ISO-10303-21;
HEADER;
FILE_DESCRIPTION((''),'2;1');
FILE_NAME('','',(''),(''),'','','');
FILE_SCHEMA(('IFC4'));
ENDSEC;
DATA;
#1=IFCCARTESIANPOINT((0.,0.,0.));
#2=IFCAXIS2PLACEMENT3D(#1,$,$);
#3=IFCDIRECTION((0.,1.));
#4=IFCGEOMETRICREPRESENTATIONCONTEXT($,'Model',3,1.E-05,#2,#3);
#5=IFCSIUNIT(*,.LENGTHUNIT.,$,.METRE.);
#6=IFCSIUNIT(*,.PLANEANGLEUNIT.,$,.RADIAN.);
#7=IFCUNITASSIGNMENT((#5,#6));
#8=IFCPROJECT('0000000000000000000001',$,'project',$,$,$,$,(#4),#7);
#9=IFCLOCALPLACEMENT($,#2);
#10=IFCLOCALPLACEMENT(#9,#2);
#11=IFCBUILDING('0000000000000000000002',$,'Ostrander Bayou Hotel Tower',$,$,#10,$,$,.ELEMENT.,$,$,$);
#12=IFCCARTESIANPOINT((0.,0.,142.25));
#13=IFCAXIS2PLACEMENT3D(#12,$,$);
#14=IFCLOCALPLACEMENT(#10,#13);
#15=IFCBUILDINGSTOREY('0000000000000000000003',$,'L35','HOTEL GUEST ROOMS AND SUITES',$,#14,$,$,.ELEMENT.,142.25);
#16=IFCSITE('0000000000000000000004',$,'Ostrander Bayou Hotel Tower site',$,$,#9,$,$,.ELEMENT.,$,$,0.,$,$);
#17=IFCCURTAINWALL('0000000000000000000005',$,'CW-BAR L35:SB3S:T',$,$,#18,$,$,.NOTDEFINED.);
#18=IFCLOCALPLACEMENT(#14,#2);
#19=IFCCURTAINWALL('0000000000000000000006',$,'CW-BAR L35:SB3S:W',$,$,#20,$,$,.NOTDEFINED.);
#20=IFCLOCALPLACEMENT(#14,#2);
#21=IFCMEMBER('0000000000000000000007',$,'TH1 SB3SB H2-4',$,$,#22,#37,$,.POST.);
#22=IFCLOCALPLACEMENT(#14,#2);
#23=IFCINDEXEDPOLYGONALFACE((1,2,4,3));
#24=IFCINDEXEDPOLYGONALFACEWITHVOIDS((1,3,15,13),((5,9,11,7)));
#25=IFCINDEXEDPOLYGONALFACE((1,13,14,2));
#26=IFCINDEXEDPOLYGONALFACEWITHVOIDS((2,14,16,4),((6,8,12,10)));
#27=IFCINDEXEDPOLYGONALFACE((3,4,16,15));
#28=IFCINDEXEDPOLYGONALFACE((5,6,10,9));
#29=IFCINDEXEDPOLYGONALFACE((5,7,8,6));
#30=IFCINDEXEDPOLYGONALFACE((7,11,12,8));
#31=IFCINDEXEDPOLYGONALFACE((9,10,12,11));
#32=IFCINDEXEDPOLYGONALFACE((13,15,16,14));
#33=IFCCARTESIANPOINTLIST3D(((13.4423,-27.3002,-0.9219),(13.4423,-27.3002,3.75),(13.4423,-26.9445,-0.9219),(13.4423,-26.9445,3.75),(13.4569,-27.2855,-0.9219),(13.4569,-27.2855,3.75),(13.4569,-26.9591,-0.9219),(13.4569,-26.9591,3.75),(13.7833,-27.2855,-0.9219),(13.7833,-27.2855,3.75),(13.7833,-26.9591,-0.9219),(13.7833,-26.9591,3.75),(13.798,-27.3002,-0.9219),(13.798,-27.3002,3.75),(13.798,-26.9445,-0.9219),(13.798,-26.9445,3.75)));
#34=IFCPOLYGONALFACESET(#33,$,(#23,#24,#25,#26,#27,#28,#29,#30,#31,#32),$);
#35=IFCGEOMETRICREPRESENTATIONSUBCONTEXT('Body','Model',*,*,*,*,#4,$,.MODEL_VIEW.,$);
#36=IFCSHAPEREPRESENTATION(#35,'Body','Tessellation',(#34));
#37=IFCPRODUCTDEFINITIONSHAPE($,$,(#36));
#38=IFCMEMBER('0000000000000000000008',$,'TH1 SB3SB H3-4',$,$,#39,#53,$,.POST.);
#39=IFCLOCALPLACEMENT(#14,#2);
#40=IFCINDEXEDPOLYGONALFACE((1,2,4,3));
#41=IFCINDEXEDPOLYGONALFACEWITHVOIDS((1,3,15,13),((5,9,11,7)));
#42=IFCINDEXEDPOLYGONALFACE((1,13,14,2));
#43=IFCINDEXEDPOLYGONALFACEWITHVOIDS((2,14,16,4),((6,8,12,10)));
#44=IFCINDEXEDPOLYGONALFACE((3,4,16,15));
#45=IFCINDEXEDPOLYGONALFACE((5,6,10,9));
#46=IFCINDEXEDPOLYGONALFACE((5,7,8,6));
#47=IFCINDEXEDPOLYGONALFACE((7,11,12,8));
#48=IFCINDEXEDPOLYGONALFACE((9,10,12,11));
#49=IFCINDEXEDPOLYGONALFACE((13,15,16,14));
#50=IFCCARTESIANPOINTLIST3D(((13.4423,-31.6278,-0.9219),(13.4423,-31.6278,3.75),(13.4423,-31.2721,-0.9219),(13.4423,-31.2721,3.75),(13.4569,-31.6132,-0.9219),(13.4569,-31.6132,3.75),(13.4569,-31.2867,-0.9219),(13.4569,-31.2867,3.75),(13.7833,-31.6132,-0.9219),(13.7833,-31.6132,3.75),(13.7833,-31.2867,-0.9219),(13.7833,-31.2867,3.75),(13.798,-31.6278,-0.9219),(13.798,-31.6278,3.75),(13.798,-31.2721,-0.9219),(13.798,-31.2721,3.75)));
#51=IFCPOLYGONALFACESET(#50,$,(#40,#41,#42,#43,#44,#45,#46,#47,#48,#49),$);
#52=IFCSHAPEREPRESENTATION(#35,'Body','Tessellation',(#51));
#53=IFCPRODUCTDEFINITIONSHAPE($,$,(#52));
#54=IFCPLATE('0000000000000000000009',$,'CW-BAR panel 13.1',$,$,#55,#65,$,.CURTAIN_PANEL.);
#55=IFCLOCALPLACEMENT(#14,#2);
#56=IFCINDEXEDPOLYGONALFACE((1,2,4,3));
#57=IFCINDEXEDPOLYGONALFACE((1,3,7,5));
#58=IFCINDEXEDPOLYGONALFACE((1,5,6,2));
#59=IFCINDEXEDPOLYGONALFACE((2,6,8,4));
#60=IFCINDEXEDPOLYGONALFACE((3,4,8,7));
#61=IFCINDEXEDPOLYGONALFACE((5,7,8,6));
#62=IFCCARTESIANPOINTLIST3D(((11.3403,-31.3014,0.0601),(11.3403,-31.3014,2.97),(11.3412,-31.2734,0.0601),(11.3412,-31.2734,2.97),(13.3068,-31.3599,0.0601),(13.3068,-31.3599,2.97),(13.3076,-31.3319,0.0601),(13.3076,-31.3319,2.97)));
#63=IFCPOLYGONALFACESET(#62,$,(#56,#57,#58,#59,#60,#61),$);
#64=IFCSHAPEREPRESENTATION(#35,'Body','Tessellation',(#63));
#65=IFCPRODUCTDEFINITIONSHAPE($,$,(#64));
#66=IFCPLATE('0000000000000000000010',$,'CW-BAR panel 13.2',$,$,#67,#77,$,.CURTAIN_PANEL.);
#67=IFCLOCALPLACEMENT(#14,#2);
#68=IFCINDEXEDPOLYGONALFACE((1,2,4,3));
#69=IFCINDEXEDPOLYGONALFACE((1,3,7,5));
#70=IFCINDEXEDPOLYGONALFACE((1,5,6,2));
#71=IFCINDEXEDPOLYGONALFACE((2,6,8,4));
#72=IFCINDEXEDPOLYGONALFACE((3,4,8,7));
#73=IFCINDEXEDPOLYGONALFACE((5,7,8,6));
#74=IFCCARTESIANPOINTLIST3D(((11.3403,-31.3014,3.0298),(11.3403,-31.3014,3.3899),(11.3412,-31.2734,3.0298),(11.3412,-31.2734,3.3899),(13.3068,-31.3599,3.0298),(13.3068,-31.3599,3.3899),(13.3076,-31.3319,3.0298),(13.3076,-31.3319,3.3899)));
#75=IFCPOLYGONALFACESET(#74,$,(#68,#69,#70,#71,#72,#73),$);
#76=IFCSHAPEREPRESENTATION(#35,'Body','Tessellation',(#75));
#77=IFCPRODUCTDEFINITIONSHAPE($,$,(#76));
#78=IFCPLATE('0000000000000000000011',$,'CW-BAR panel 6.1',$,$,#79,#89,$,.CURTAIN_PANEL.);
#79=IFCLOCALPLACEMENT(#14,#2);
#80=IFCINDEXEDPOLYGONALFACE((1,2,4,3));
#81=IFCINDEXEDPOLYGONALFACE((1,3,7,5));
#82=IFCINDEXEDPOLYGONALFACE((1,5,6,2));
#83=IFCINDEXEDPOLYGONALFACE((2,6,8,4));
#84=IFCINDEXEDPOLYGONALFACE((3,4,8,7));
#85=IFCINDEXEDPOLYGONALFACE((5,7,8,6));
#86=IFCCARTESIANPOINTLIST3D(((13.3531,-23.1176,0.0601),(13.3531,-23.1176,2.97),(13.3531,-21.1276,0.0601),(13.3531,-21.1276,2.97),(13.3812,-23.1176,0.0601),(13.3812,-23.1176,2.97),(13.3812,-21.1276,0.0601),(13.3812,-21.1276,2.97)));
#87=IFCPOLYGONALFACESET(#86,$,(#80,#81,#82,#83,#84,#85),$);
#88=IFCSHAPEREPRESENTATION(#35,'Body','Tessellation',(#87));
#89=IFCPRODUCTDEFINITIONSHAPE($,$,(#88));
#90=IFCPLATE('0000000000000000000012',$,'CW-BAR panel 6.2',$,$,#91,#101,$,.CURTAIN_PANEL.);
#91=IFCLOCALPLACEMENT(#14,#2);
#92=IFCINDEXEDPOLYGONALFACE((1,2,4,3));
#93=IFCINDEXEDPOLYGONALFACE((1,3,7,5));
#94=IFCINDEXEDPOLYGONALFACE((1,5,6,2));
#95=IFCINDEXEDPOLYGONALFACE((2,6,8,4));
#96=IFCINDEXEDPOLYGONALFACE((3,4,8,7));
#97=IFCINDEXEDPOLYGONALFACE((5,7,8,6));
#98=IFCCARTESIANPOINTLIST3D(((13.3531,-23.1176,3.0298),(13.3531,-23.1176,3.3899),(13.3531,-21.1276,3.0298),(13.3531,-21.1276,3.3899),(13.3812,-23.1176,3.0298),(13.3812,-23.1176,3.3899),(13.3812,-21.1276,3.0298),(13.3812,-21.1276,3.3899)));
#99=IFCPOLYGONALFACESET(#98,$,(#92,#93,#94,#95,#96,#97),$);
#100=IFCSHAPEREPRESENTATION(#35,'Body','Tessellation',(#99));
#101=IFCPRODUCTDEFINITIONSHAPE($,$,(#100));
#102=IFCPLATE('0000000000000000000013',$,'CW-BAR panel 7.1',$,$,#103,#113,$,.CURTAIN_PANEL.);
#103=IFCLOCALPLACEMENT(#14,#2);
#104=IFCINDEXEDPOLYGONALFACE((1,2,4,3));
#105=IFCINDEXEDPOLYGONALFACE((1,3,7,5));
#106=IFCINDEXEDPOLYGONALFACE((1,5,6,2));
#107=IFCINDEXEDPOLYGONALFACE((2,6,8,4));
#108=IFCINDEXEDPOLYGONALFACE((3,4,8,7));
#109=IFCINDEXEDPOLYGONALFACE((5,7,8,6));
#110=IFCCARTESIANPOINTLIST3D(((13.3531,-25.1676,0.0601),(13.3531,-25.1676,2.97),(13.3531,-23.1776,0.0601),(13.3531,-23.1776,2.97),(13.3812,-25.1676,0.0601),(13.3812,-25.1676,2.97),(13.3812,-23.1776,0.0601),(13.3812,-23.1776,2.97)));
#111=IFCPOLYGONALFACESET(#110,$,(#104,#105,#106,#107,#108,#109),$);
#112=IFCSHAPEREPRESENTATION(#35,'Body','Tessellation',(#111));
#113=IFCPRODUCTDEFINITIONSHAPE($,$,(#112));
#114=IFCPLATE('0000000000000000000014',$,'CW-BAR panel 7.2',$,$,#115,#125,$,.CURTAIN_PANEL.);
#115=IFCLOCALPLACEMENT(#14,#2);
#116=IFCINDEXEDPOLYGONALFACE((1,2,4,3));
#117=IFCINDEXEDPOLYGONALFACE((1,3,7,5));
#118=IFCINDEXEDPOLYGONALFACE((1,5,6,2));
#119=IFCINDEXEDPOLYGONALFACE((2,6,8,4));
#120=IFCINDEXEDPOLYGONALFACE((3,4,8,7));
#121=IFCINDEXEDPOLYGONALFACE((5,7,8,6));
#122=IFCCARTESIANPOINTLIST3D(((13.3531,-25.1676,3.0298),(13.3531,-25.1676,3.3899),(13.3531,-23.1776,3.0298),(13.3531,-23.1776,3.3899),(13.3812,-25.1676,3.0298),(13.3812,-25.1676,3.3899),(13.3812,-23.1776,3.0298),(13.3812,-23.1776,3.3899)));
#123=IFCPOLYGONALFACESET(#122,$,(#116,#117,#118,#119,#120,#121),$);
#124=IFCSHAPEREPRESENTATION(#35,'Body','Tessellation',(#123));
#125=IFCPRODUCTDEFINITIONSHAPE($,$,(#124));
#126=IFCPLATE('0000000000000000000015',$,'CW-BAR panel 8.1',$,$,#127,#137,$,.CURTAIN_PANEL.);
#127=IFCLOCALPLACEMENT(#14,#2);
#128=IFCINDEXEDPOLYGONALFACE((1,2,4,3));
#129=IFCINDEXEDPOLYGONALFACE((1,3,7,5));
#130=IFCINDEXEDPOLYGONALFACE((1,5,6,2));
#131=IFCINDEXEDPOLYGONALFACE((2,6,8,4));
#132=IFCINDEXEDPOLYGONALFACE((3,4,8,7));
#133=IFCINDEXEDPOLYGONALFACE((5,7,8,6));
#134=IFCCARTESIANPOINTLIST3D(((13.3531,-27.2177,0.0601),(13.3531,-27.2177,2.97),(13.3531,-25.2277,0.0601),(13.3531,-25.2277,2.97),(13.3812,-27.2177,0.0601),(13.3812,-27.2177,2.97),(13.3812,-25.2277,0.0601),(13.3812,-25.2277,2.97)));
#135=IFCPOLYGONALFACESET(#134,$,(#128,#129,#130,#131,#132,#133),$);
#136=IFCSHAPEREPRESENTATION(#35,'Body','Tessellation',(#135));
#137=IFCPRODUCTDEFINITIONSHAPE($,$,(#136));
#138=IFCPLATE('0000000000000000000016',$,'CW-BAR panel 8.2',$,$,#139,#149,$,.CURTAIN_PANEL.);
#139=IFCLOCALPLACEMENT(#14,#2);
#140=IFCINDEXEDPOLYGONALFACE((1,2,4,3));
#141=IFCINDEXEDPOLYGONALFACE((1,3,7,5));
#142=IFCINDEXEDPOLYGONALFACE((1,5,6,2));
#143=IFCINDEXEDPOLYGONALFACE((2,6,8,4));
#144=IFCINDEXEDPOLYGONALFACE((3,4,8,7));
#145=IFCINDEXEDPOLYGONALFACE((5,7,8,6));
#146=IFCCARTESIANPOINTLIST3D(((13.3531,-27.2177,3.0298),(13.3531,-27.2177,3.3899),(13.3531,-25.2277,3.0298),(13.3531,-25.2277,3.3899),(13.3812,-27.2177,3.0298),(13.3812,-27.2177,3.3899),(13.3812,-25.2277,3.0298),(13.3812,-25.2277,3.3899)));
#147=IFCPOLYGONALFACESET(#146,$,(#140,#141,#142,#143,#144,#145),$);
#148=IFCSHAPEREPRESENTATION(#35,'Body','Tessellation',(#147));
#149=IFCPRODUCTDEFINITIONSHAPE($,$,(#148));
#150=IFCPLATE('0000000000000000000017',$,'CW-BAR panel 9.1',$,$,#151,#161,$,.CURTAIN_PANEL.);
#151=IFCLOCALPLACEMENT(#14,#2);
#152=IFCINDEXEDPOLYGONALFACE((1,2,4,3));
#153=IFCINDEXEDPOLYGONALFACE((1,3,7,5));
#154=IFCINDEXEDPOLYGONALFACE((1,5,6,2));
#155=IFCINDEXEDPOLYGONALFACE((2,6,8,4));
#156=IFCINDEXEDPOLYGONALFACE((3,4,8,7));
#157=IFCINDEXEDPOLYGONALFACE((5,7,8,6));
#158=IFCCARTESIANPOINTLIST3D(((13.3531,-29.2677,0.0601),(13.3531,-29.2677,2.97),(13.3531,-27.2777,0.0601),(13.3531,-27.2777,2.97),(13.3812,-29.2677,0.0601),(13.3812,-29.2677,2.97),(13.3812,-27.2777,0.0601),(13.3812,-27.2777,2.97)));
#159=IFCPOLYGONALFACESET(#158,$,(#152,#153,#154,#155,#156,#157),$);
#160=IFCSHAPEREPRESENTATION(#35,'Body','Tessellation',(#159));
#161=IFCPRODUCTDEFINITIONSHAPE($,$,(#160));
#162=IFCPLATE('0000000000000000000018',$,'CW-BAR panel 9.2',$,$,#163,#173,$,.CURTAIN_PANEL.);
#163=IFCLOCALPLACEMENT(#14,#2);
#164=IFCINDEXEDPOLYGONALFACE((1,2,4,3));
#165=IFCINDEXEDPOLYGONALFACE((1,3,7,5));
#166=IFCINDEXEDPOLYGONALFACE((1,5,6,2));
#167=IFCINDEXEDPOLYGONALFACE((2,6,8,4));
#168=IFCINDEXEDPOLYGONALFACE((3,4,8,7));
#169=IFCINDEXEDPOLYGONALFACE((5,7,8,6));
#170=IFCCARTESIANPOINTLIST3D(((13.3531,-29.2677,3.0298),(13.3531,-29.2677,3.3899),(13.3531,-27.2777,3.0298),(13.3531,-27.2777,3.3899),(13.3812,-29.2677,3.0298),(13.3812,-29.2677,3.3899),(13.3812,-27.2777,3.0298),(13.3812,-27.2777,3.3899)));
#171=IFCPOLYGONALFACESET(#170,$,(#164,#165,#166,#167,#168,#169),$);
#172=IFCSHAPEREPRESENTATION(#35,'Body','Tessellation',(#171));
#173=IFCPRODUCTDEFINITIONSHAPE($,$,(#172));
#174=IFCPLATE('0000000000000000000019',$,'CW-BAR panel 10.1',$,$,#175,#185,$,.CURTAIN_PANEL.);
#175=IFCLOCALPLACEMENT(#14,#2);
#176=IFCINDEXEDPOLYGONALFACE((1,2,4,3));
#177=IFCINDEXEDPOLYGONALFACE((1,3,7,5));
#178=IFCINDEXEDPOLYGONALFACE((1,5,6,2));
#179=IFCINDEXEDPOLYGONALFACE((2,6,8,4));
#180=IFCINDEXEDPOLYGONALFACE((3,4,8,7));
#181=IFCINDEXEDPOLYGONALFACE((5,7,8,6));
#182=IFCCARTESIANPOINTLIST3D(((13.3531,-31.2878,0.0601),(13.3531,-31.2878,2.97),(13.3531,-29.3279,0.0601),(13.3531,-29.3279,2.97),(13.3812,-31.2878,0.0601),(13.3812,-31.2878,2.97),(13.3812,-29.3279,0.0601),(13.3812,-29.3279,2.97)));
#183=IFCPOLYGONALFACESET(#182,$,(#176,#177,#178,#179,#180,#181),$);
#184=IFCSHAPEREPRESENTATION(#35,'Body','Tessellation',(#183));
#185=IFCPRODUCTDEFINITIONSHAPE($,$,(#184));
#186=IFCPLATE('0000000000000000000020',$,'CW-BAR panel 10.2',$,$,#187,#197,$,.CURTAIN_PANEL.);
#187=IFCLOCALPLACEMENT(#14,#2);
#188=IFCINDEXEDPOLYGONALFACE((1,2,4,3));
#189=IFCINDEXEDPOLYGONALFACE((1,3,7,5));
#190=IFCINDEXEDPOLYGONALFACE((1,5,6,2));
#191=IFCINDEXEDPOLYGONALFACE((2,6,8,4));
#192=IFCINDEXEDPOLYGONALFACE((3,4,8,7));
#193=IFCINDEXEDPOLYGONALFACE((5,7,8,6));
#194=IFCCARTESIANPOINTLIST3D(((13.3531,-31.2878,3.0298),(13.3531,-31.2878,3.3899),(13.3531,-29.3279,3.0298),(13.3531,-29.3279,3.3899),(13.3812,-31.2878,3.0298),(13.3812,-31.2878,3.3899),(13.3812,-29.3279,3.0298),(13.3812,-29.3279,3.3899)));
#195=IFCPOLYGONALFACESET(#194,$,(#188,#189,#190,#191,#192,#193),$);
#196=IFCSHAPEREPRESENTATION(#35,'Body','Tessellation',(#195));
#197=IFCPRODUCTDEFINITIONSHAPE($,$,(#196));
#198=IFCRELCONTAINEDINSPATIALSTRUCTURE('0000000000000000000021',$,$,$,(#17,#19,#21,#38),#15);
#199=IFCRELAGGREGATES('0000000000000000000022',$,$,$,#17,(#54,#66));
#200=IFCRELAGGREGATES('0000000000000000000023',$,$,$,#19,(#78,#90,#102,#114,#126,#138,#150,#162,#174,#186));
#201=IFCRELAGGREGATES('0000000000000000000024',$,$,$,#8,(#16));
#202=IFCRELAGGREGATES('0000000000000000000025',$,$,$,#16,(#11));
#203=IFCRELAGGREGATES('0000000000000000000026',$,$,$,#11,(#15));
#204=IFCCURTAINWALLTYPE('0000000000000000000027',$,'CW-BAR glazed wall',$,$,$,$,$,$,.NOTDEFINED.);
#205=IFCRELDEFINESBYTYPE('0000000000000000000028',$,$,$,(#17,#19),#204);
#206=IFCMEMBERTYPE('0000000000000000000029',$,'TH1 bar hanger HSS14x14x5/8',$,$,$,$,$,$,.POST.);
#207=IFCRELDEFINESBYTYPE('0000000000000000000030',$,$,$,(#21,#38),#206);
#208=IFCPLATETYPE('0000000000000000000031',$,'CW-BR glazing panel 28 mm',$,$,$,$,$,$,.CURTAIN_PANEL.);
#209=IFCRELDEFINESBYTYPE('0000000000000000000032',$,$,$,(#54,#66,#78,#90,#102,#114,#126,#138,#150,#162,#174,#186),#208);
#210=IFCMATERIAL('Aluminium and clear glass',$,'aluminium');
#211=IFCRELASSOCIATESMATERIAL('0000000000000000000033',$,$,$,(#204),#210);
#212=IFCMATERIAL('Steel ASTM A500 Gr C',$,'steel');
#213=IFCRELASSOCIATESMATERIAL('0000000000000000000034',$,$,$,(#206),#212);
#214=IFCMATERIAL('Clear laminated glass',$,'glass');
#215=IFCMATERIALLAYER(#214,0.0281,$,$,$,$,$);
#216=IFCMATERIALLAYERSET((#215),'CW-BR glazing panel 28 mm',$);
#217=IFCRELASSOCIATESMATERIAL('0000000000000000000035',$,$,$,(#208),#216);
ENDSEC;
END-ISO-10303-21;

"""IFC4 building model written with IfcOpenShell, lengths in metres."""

from ifc_helpers import new_model, si_unit, direction, frame, origin, origin_2d, place, context, subcontext, project, spatial, rectangle, hollow_rectangle, extrude, material, layer, layer_set, material_profile, profile_set, type_object, element, aggregate, save


model = new_model("IFC4")

# Units and contexts
model_context = context("Model", 3, precision=1e-05, world=origin(), true_north=direction((0.0, 1.0)))
body_context = subcontext(model_context, "Body", "Model", "MODEL_VIEW")
ifc_project = project(units=[si_unit("LENGTHUNIT", "METRE"), si_unit("PLANEANGLEUNIT", "RADIAN")], contexts=[model_context])

# Site, building, storey
site_placement = place(None, origin())
site = spatial("IfcSite", under=ifc_project, at=site_placement, Name="Ostrander Bayou Hotel Tower site", CompositionType="ELEMENT", RefElevation=0.0)
building_placement = place(site_placement, origin())
building = spatial("IfcBuilding", under=site, at=building_placement, Name="Ostrander Bayou Hotel Tower", CompositionType="ELEMENT")
storey_placement = place(building_placement, frame((0.0, 0.0, 142.25)))
storey = spatial("IfcBuildingStorey", under=building, at=storey_placement, Name="L35", Description="HOTEL GUEST ROOMS AND SUITES", CompositionType="ELEMENT", Elevation=142.25)

# Curtain wall
ifc_material_1 = material(Name="Aluminium and clear glass", Category="aluminium")
curtain_wall_type = type_object("IfcCurtainWallType", Name="CW-BAR glazed wall", PredefinedType="NOTDEFINED", material=ifc_material_1)
curtain_wall_1_placement = place(storey_placement, origin())
curtain_wall_1 = element("IfcCurtainWall", 1, at=curtain_wall_1_placement, inside=storey, type_object=curtain_wall_type, Name="CW-BAR L35:SB3S:T", PredefinedType="NOTDEFINED")

# Curtain wall
curtain_wall_2_placement = place(storey_placement, origin())
curtain_wall_2 = element("IfcCurtainWall", 2, at=curtain_wall_2_placement, inside=storey, type_object=curtain_wall_type, Name="CW-BAR L35:SB3S:W", PredefinedType="NOTDEFINED")

# Members
ifc_material_2 = material(Name="Steel ASTM A500 Gr C", Category="steel")
ifc_material_profile_1 = material_profile(ifc_material_2, hollow_rectangle(XDim=0.3557, YDim=0.3557, WallThickness=0.0146, at=origin_2d()))
ifc_profile_set_1 = profile_set([ifc_material_profile_1], Name="Steel ASTM A500 Gr C")
member_type_1 = type_object("IfcMemberType", Name="TH1 bar hanger HSS14x14x5/8", PredefinedType="POST", material=ifc_profile_set_1)
for number, where, z_axis, x_axis, name in (
    (3, (13.6201, -27.1223, -0.9219), (0.0, 0.0, 1.0), (1.0, 0.0, 0.0), "TH1 SB3SB H2-4"),
    (4, (13.6201, -31.45, -0.9219), (0.0, 0.0, 1.0), (1.0, 0.0, 0.0), "TH1 SB3SB H3-4"),
):
    element("IfcMember", number, at=place(storey_placement, frame(where, z_axis=z_axis, x_axis=x_axis)), inside=storey, type_object=member_type_1, Name=name, PredefinedType="POST", context=body_context, shape_type="SweptSolid", body=[
        extrude(hollow_rectangle(XDim=0.3557, YDim=0.3557, WallThickness=0.0146, at=origin_2d()), origin(), (0.0, 0.0, 1.0), 4.6719),
    ])

# Plates
ifc_material_3 = material(Name="Clear laminated glass", Category="glass")
ifc_layer = layer(ifc_material_3, 0.0281)
ifc_layer_set = layer_set([ifc_layer], Name="CW-BR glazing panel 28 mm")
plate_type = type_object("IfcPlateType", Name="CW-BR glazing panel 28 mm", PredefinedType="CURTAIN_PANEL", material=ifc_layer_set)
plate_1_placement = place(storey_placement, frame((12.324, -31.3167, 0.0601), z_axis=(0.0, 0.0, 1.0), x_axis=(0.999557, -0.029746, 0.0)))
plate_1 = element("IfcPlate", 5, at=plate_1_placement, type_object=plate_type, Name="CW-BAR panel 13.1", PredefinedType="CURTAIN_PANEL", context=body_context, shape_type="SweptSolid", body=[
    extrude(rectangle(XDim=1.9673, YDim=0.0281, at=origin_2d()), origin(), (0.0, 0.0, 1.0), 2.9099),
])
plate_2_placement = place(storey_placement, frame((12.324, -31.3167, 3.0298), z_axis=(0.0, 0.0, 1.0), x_axis=(0.999557, -0.029746, 0.0)))
plate_2 = element("IfcPlate", 6, at=plate_2_placement, type_object=plate_type, Name="CW-BAR panel 13.2", PredefinedType="CURTAIN_PANEL", context=body_context, shape_type="SweptSolid", body=[
    extrude(rectangle(XDim=1.9673, YDim=0.0281, at=origin_2d()), origin(), (0.0, 0.0, 1.0), 0.3601),
])
aggregate(curtain_wall_1, [plate_1, plate_2])
plate_3_placement = place(storey_placement, frame((13.3672, -22.1226, 0.0601), z_axis=(0.0, 0.0, 1.0), x_axis=(0.0, -1.0, 0.0)))
plate_3 = element("IfcPlate", 7, at=plate_3_placement, type_object=plate_type, Name="CW-BAR panel 6.1", PredefinedType="CURTAIN_PANEL", context=body_context, shape_type="SweptSolid", body=[
    extrude(rectangle(XDim=1.99, YDim=0.0281, at=origin_2d()), origin(), (0.0, 0.0, 1.0), 2.9099),
])
plate_4_placement = place(storey_placement, frame((13.3672, -22.1226, 3.0298), z_axis=(0.0, 0.0, 1.0), x_axis=(0.0, -1.0, 0.0)))
plate_4 = element("IfcPlate", 8, at=plate_4_placement, type_object=plate_type, Name="CW-BAR panel 6.2", PredefinedType="CURTAIN_PANEL", context=body_context, shape_type="SweptSolid", body=[
    extrude(rectangle(XDim=1.99, YDim=0.0281, at=origin_2d()), origin(), (0.0, 0.0, 1.0), 0.3601),
])
plate_5_placement = place(storey_placement, frame((13.3672, -24.1726, 0.0601), z_axis=(0.0, 0.0, 1.0), x_axis=(0.0, -1.0, 0.0)))
plate_5 = element("IfcPlate", 9, at=plate_5_placement, type_object=plate_type, Name="CW-BAR panel 7.1", PredefinedType="CURTAIN_PANEL", context=body_context, shape_type="SweptSolid", body=[
    extrude(rectangle(XDim=1.99, YDim=0.0281, at=origin_2d()), origin(), (0.0, 0.0, 1.0), 2.9099),
])
plate_6_placement = place(storey_placement, frame((13.3672, -24.1726, 3.0298), z_axis=(0.0, 0.0, 1.0), x_axis=(0.0, -1.0, 0.0)))
plate_6 = element("IfcPlate", 10, at=plate_6_placement, type_object=plate_type, Name="CW-BAR panel 7.2", PredefinedType="CURTAIN_PANEL", context=body_context, shape_type="SweptSolid", body=[
    extrude(rectangle(XDim=1.99, YDim=0.0281, at=origin_2d()), origin(), (0.0, 0.0, 1.0), 0.3601),
])
plate_7_placement = place(storey_placement, frame((13.3672, -26.2227, 0.0601), z_axis=(0.0, 0.0, 1.0), x_axis=(0.0, -1.0, 0.0)))
plate_7 = element("IfcPlate", 11, at=plate_7_placement, type_object=plate_type, Name="CW-BAR panel 8.1", PredefinedType="CURTAIN_PANEL", context=body_context, shape_type="SweptSolid", body=[
    extrude(rectangle(XDim=1.99, YDim=0.0281, at=origin_2d()), origin(), (0.0, 0.0, 1.0), 2.9099),
])
plate_8_placement = place(storey_placement, frame((13.3672, -26.2227, 3.0298), z_axis=(0.0, 0.0, 1.0), x_axis=(0.0, -1.0, 0.0)))
plate_8 = element("IfcPlate", 12, at=plate_8_placement, type_object=plate_type, Name="CW-BAR panel 8.2", PredefinedType="CURTAIN_PANEL", context=body_context, shape_type="SweptSolid", body=[
    extrude(rectangle(XDim=1.99, YDim=0.0281, at=origin_2d()), origin(), (0.0, 0.0, 1.0), 0.3601),
])
plate_9_placement = place(storey_placement, frame((13.3672, -28.2727, 0.0601), z_axis=(0.0, 0.0, 1.0), x_axis=(0.0, -1.0, 0.0)))
plate_9 = element("IfcPlate", 13, at=plate_9_placement, type_object=plate_type, Name="CW-BAR panel 9.1", PredefinedType="CURTAIN_PANEL", context=body_context, shape_type="SweptSolid", body=[
    extrude(rectangle(XDim=1.99, YDim=0.0281, at=origin_2d()), origin(), (0.0, 0.0, 1.0), 2.9099),
])
plate_10_placement = place(storey_placement, frame((13.3672, -28.2727, 3.0298), z_axis=(0.0, 0.0, 1.0), x_axis=(0.0, -1.0, 0.0)))
plate_10 = element("IfcPlate", 14, at=plate_10_placement, type_object=plate_type, Name="CW-BAR panel 9.2", PredefinedType="CURTAIN_PANEL", context=body_context, shape_type="SweptSolid", body=[
    extrude(rectangle(XDim=1.99, YDim=0.0281, at=origin_2d()), origin(), (0.0, 0.0, 1.0), 0.3601),
])
plate_11_placement = place(storey_placement, frame((13.3672, -30.3079, 0.0601), z_axis=(0.0, 0.0, 1.0), x_axis=(0.0, -1.0, 0.0)))
plate_11 = element("IfcPlate", 15, at=plate_11_placement, type_object=plate_type, Name="CW-BAR panel 10.1", PredefinedType="CURTAIN_PANEL", context=body_context, shape_type="SweptSolid", body=[
    extrude(rectangle(XDim=1.96, YDim=0.0281, at=origin_2d()), origin(), (0.0, 0.0, 1.0), 2.9099),
])
plate_12_placement = place(storey_placement, frame((13.3672, -30.3079, 3.0298), z_axis=(0.0, 0.0, 1.0), x_axis=(0.0, -1.0, 0.0)))
plate_12 = element("IfcPlate", 16, at=plate_12_placement, type_object=plate_type, Name="CW-BAR panel 10.2", PredefinedType="CURTAIN_PANEL", context=body_context, shape_type="SweptSolid", body=[
    extrude(rectangle(XDim=1.96, YDim=0.0281, at=origin_2d()), origin(), (0.0, 0.0, 1.0), 0.3601),
])
aggregate(curtain_wall_2, [plate_3, plate_4, plate_5, plate_6, plate_7, plate_8, plate_9, plate_10, plate_11, plate_12])

save(model, "model.ifc")
